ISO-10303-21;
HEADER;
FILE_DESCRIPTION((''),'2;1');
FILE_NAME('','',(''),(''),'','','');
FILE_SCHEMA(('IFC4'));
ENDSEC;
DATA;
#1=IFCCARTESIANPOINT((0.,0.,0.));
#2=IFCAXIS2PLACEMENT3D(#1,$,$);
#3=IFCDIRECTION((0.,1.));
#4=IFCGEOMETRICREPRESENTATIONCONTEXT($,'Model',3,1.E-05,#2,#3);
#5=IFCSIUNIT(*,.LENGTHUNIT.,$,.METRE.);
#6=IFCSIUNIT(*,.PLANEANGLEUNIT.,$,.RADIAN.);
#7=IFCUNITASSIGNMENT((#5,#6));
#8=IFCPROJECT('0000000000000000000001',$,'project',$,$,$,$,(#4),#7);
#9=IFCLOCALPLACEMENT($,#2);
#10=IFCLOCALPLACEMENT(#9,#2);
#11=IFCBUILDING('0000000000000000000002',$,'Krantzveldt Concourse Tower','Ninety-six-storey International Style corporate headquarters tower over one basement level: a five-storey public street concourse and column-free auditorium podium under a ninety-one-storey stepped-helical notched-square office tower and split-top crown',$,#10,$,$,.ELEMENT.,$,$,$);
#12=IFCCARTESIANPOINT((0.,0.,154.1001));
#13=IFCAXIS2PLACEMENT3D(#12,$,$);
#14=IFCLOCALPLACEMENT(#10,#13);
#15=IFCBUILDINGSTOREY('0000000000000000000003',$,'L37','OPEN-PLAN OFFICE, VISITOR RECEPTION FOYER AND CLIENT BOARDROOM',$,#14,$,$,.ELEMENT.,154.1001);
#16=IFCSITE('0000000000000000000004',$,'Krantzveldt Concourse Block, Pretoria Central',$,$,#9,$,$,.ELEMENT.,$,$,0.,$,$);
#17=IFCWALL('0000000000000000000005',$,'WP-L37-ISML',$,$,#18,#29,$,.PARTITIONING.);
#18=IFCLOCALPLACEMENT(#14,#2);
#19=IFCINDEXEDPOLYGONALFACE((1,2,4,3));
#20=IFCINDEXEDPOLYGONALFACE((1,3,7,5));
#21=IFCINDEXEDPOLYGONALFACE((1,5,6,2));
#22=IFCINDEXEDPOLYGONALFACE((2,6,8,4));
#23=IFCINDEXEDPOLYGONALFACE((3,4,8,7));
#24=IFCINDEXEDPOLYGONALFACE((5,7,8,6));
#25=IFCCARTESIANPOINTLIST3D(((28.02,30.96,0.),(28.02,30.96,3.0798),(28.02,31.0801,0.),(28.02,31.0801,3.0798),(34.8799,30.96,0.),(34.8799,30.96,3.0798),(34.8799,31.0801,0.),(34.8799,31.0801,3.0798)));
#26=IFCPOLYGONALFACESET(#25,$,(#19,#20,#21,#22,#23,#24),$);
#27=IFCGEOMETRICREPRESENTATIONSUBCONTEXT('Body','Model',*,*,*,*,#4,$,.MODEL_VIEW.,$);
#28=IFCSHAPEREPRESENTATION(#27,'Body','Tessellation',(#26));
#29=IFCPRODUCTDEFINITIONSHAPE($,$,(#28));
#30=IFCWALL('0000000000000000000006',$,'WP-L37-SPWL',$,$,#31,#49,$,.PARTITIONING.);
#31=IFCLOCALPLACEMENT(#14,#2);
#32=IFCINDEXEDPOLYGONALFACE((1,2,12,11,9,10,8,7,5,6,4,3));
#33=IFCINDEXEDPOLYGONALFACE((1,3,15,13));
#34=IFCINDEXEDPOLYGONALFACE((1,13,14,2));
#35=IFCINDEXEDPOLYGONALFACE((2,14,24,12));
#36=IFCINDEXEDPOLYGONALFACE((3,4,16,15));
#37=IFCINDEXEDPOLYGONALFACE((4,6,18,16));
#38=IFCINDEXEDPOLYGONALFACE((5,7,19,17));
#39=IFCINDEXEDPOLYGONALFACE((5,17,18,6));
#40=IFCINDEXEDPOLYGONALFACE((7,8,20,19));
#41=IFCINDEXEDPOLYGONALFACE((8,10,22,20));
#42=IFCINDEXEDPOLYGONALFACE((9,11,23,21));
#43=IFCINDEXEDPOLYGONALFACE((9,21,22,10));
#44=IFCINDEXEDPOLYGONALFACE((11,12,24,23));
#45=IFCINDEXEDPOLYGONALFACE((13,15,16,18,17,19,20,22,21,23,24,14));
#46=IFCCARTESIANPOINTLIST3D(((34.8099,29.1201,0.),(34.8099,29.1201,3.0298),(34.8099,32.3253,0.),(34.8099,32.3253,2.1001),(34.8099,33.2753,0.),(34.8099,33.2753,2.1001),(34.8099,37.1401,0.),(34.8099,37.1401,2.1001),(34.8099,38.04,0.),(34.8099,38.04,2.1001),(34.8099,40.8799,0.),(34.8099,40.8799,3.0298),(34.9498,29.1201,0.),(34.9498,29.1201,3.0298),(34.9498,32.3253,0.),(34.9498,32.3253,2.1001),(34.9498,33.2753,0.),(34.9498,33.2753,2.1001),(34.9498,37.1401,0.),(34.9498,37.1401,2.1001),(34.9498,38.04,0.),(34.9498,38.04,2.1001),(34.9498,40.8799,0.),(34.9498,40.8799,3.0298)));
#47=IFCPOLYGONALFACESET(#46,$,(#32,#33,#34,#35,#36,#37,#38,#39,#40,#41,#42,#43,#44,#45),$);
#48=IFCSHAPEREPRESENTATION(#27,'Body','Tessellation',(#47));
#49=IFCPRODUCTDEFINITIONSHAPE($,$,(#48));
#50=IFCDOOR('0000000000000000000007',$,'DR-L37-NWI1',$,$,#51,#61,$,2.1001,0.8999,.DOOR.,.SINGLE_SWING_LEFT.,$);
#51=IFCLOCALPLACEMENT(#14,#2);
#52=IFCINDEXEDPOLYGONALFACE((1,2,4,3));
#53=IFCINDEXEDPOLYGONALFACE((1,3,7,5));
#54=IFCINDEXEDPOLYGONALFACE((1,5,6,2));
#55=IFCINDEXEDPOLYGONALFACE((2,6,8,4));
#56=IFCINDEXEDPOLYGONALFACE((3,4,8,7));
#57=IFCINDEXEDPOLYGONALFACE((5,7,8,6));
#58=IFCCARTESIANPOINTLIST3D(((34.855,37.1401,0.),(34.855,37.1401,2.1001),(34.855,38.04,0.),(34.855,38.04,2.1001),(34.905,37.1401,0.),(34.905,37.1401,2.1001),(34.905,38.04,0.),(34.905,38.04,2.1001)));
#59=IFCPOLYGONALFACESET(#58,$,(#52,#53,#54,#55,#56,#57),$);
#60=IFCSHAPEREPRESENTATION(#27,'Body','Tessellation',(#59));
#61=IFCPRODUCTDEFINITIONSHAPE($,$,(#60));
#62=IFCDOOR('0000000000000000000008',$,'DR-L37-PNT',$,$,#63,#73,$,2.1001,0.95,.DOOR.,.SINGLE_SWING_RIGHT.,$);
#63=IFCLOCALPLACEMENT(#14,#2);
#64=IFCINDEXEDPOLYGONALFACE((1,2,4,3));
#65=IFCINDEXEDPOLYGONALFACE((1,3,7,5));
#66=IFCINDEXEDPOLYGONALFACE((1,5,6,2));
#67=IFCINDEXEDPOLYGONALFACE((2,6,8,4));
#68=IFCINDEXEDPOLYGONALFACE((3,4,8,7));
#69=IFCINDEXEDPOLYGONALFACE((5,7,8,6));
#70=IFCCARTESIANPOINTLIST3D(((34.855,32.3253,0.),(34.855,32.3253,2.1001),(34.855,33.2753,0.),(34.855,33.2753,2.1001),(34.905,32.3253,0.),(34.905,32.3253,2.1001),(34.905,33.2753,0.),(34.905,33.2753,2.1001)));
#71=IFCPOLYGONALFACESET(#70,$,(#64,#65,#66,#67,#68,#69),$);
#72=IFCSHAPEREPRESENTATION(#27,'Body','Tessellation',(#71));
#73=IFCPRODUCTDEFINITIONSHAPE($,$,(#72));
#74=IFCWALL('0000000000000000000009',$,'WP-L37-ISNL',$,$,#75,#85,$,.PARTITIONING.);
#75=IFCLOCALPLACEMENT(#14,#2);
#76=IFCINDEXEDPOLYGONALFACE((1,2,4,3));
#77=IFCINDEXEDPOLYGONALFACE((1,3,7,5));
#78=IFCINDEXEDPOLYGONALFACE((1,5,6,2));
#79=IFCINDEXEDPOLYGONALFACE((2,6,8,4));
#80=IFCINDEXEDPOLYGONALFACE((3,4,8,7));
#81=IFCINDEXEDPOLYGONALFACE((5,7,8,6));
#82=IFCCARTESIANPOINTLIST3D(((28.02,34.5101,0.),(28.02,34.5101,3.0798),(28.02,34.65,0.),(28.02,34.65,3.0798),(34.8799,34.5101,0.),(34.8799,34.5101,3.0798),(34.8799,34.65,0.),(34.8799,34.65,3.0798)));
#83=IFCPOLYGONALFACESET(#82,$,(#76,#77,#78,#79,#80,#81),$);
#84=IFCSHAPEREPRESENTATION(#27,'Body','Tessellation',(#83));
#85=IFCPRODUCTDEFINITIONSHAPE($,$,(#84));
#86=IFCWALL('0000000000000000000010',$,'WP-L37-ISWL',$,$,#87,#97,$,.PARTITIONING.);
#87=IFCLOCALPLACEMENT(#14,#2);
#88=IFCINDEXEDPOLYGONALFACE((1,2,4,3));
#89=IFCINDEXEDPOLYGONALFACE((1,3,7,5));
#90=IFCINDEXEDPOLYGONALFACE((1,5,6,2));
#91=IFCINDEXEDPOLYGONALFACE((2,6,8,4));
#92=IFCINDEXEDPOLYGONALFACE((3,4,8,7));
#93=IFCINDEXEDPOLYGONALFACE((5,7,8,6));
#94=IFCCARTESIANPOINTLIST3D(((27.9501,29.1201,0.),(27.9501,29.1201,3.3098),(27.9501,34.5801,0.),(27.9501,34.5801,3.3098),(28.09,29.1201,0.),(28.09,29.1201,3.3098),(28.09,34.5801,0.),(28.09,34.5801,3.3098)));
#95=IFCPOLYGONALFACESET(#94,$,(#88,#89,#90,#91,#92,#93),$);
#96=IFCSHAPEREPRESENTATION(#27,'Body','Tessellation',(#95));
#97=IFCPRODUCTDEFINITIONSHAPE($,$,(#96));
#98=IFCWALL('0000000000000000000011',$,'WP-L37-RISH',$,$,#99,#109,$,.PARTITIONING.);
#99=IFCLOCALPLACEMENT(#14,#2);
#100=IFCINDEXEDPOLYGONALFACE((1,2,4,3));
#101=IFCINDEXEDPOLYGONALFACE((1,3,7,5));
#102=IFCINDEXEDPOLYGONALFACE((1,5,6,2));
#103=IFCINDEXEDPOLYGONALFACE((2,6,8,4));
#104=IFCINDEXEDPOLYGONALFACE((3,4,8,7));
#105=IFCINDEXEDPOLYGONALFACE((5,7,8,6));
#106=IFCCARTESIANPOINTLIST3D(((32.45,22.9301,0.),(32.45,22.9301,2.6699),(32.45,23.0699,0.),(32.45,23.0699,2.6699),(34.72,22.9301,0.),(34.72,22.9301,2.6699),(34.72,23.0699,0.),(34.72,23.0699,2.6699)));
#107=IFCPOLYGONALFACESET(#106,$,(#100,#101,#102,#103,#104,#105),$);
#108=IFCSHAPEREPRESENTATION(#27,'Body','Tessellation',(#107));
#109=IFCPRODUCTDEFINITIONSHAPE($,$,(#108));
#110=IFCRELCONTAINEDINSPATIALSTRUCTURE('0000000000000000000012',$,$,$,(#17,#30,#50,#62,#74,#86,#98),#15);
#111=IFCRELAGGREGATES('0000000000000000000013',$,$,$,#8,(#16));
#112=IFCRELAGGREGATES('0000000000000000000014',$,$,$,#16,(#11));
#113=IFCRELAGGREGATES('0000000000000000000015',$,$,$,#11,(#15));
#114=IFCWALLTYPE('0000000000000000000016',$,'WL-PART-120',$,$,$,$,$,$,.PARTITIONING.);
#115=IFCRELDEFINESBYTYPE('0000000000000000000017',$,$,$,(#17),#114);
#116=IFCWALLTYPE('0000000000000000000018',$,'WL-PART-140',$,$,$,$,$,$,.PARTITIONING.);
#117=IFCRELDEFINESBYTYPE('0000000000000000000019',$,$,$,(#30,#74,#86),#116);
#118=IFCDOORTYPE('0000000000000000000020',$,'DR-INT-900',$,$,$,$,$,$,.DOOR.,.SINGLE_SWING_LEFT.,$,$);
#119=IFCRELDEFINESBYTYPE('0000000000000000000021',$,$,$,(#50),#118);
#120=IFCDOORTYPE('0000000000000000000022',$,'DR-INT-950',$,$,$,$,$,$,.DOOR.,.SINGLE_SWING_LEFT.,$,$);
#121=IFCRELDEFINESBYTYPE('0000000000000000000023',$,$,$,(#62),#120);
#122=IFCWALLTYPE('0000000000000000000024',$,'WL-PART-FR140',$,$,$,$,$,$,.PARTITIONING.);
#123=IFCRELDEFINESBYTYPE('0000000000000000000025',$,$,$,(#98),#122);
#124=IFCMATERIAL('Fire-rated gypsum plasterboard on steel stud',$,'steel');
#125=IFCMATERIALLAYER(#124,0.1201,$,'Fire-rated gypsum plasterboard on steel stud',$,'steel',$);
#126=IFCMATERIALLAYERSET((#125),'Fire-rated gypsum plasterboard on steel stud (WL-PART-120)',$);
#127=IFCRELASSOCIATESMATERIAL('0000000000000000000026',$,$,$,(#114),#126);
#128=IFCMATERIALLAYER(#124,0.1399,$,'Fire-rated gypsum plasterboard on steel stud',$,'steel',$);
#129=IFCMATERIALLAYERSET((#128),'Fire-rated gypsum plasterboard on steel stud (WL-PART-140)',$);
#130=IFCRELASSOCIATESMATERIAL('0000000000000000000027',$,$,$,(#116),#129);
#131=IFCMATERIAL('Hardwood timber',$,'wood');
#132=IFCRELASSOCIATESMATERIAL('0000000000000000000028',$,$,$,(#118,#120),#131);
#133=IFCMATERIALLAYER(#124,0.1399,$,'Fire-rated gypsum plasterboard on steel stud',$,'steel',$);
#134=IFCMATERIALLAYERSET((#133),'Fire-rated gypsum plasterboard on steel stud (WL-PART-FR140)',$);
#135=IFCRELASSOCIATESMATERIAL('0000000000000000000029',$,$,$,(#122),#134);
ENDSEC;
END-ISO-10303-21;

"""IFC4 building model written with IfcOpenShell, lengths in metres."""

from ifc_helpers import new_model, si_unit, direction, frame, frame_2d, origin, place, context, subcontext, project, spatial, rectangle, extrude, material, layer, layer_set, type_object, element, fill, save


model = new_model("IFC4")

# Units and contexts
model_context = context("Model", 3, precision=1e-05, world=origin(), true_north=direction((0.0, 1.0)))
body_context = subcontext(model_context, "Body", "Model", "MODEL_VIEW")
ifc_project = project(units=[si_unit("LENGTHUNIT", "METRE"), si_unit("PLANEANGLEUNIT", "RADIAN")], contexts=[model_context])

# Site, building, storey
site_placement = place(None, origin())
site = spatial("IfcSite", under=ifc_project, at=site_placement, Name="Krantzveldt Concourse Block, Pretoria Central", CompositionType="ELEMENT", RefElevation=0.0)
building_placement = place(site_placement, origin())
building = spatial("IfcBuilding", under=site, at=building_placement, Name="Krantzveldt Concourse Tower", Description="Ninety-six-storey International Style corporate headquarters tower over one basement level: a five-storey public street concourse and column-free auditorium podium under a ninety-one-storey stepped-helical notched-square office tower and split-top crown", CompositionType="ELEMENT")
storey_placement = place(building_placement, frame((0.0, 0.0, 154.1001)))
storey = spatial("IfcBuildingStorey", under=building, at=storey_placement, Name="L37", Description="OPEN-PLAN OFFICE, VISITOR RECEPTION FOYER AND CLIENT BOARDROOM", CompositionType="ELEMENT", Elevation=154.1001)

# Wall
ifc_material_1 = material(Name="Fire-rated gypsum plasterboard on steel stud", Category="steel")
ifc_layer_1 = layer(ifc_material_1, 0.1201, Name="Fire-rated gypsum plasterboard on steel stud", Category="steel")
ifc_layer_set_1 = layer_set([ifc_layer_1], Name="Fire-rated gypsum plasterboard on steel stud (WL-PART-120)")
wall_type_1 = type_object("IfcWallType", Name="WL-PART-120", PredefinedType="PARTITIONING", material=ifc_layer_set_1)
wall_1_placement = place(storey_placement, frame((28.02, 31.02, 0.0), z_axis=(0.0, 0.0, 1.0), x_axis=(1.0, 0.0, 0.0)))
element("IfcWall", 1, at=wall_1_placement, inside=storey, type_object=wall_type_1, Name="WP-L37-ISML", PredefinedType="PARTITIONING", context=body_context, shape_type="SweptSolid", body=[
    extrude(rectangle(XDim=6.8599, YDim=0.1201, at=frame_2d((3.4299, 0.0))), origin(), (0.0, 0.0, 1.0), 3.0798),
])

# Wall, openings, doors
ifc_layer_2 = layer(ifc_material_1, 0.1399, Name="Fire-rated gypsum plasterboard on steel stud", Category="steel")
ifc_layer_set_2 = layer_set([ifc_layer_2], Name="Fire-rated gypsum plasterboard on steel stud (WL-PART-140)")
wall_type_2 = type_object("IfcWallType", Name="WL-PART-140", PredefinedType="PARTITIONING", material=ifc_layer_set_2)
wall_2_placement = place(storey_placement, frame((34.8799, 29.1201, 0.0), z_axis=(0.0, 0.0, 1.0), x_axis=(0.0, 1.0, 0.0)))
wall_2 = element("IfcWall", 2, at=wall_2_placement, inside=storey, type_object=wall_type_2, Name="WP-L37-SPWL", PredefinedType="PARTITIONING", context=body_context, shape_type="SweptSolid", body=[
    extrude(rectangle(XDim=11.7598, YDim=0.1399, at=frame_2d((5.8799, 0.0))), origin(), (0.0, 0.0, 1.0), 3.0298),
])
opening_1_placement = place(wall_2_placement, frame((3.2051, 0.0, 0.0)))
opening_1 = element("IfcOpeningElement", 3, at=opening_1_placement, cuts=wall_2, PredefinedType="OPENING", context=body_context, shape_type="SweptSolid", body=[
    extrude(rectangle(XDim=0.95, YDim=2.1001, at=frame_2d((0.4751, 1.05))), frame((0.0, 0.0801, 0.0), z_axis=(0.0, -1.0, 0.0), x_axis=(1.0, 0.0, 0.0)), (0.0, 0.0, 1.0), 0.1599),
])
opening_2_placement = place(wall_2_placement, frame((8.02, 0.0, 0.0)))
opening_2 = element("IfcOpeningElement", 4, at=opening_2_placement, cuts=wall_2, PredefinedType="OPENING", context=body_context, shape_type="SweptSolid", body=[
    extrude(rectangle(XDim=0.8999, YDim=2.1001, at=frame_2d((0.45, 1.05))), frame((0.0, 0.0801, 0.0), z_axis=(0.0, -1.0, 0.0), x_axis=(1.0, 0.0, 0.0)), (0.0, 0.0, 1.0), 0.1599),
])
ifc_material_2 = material(Name="Hardwood timber", Category="wood")
door_type_1 = type_object("IfcDoorType", Name="DR-INT-900", OperationType="SINGLE_SWING_LEFT", PredefinedType="DOOR", material=ifc_material_2)
door_1_placement = place(opening_2_placement, origin())
door_1 = element("IfcDoor", 5, at=door_1_placement, inside=storey, type_object=door_type_1, Name="DR-L37-NWI1", OperationType="SINGLE_SWING_LEFT", OverallHeight=2.1001, OverallWidth=0.8999, PredefinedType="DOOR", context=body_context, shape_type="SweptSolid", body=[
    extrude(rectangle(XDim=0.8999, YDim=2.1001, at=frame_2d((0.45, 1.05))), frame((0.0, 0.0249, 0.0), z_axis=(0.0, -1.0, 0.0), x_axis=(1.0, 0.0, 0.0)), (0.0, 0.0, 1.0), 0.05),
])
fill(opening_2, door_1)
door_type_2 = type_object("IfcDoorType", Name="DR-INT-950", OperationType="SINGLE_SWING_LEFT", PredefinedType="DOOR", material=ifc_material_2)
door_2_placement = place(opening_1_placement, origin())
door_2 = element("IfcDoor", 6, at=door_2_placement, inside=storey, type_object=door_type_2, Name="DR-L37-PNT", OperationType="SINGLE_SWING_RIGHT", OverallHeight=2.1001, OverallWidth=0.95, PredefinedType="DOOR", context=body_context, shape_type="SweptSolid", body=[
    extrude(rectangle(XDim=0.95, YDim=2.1001, at=frame_2d((0.4751, 1.05))), frame((0.0, 0.0249, 0.0), z_axis=(0.0, -1.0, 0.0), x_axis=(1.0, 0.0, 0.0)), (0.0, 0.0, 1.0), 0.05),
])
fill(opening_1, door_2)

# Walls
wall_3_placement = place(storey_placement, frame((28.02, 34.5801, 0.0), z_axis=(0.0, 0.0, 1.0), x_axis=(1.0, 0.0, 0.0)))
element("IfcWall", 7, at=wall_3_placement, inside=storey, type_object=wall_type_2, Name="WP-L37-ISNL", PredefinedType="PARTITIONING", context=body_context, shape_type="SweptSolid", body=[
    extrude(rectangle(XDim=6.8599, YDim=0.1399, at=frame_2d((3.4299, 0.0))), origin(), (0.0, 0.0, 1.0), 3.0798),
])
wall_4_placement = place(storey_placement, frame((28.02, 29.1201, 0.0), z_axis=(0.0, 0.0, 1.0), x_axis=(0.0, 1.0, 0.0)))
element("IfcWall", 8, at=wall_4_placement, inside=storey, type_object=wall_type_2, Name="WP-L37-ISWL", PredefinedType="PARTITIONING", context=body_context, shape_type="SweptSolid", body=[
    extrude(rectangle(XDim=5.46, YDim=0.1399, at=frame_2d((2.73, 0.0))), origin(), (0.0, 0.0, 1.0), 3.3098),
])
ifc_layer_3 = layer(ifc_material_1, 0.1399, Name="Fire-rated gypsum plasterboard on steel stud", Category="steel")
ifc_layer_set_3 = layer_set([ifc_layer_3], Name="Fire-rated gypsum plasterboard on steel stud (WL-PART-FR140)")
wall_type_3 = type_object("IfcWallType", Name="WL-PART-FR140", PredefinedType="PARTITIONING", material=ifc_layer_set_3)
wall_5_placement = place(storey_placement, frame((32.45, 23.0, 0.0), z_axis=(0.0, 0.0, 1.0), x_axis=(1.0, 0.0, 0.0)))
element("IfcWall", 9, at=wall_5_placement, inside=storey, type_object=wall_type_3, Name="WP-L37-RISH", PredefinedType="PARTITIONING", context=body_context, shape_type="SweptSolid", body=[
    extrude(rectangle(XDim=2.27, YDim=0.1399, at=frame_2d((1.135, 0.0))), origin(), (0.0, 0.0, 1.0), 2.6699),
])

save(model, "model.ifc")
